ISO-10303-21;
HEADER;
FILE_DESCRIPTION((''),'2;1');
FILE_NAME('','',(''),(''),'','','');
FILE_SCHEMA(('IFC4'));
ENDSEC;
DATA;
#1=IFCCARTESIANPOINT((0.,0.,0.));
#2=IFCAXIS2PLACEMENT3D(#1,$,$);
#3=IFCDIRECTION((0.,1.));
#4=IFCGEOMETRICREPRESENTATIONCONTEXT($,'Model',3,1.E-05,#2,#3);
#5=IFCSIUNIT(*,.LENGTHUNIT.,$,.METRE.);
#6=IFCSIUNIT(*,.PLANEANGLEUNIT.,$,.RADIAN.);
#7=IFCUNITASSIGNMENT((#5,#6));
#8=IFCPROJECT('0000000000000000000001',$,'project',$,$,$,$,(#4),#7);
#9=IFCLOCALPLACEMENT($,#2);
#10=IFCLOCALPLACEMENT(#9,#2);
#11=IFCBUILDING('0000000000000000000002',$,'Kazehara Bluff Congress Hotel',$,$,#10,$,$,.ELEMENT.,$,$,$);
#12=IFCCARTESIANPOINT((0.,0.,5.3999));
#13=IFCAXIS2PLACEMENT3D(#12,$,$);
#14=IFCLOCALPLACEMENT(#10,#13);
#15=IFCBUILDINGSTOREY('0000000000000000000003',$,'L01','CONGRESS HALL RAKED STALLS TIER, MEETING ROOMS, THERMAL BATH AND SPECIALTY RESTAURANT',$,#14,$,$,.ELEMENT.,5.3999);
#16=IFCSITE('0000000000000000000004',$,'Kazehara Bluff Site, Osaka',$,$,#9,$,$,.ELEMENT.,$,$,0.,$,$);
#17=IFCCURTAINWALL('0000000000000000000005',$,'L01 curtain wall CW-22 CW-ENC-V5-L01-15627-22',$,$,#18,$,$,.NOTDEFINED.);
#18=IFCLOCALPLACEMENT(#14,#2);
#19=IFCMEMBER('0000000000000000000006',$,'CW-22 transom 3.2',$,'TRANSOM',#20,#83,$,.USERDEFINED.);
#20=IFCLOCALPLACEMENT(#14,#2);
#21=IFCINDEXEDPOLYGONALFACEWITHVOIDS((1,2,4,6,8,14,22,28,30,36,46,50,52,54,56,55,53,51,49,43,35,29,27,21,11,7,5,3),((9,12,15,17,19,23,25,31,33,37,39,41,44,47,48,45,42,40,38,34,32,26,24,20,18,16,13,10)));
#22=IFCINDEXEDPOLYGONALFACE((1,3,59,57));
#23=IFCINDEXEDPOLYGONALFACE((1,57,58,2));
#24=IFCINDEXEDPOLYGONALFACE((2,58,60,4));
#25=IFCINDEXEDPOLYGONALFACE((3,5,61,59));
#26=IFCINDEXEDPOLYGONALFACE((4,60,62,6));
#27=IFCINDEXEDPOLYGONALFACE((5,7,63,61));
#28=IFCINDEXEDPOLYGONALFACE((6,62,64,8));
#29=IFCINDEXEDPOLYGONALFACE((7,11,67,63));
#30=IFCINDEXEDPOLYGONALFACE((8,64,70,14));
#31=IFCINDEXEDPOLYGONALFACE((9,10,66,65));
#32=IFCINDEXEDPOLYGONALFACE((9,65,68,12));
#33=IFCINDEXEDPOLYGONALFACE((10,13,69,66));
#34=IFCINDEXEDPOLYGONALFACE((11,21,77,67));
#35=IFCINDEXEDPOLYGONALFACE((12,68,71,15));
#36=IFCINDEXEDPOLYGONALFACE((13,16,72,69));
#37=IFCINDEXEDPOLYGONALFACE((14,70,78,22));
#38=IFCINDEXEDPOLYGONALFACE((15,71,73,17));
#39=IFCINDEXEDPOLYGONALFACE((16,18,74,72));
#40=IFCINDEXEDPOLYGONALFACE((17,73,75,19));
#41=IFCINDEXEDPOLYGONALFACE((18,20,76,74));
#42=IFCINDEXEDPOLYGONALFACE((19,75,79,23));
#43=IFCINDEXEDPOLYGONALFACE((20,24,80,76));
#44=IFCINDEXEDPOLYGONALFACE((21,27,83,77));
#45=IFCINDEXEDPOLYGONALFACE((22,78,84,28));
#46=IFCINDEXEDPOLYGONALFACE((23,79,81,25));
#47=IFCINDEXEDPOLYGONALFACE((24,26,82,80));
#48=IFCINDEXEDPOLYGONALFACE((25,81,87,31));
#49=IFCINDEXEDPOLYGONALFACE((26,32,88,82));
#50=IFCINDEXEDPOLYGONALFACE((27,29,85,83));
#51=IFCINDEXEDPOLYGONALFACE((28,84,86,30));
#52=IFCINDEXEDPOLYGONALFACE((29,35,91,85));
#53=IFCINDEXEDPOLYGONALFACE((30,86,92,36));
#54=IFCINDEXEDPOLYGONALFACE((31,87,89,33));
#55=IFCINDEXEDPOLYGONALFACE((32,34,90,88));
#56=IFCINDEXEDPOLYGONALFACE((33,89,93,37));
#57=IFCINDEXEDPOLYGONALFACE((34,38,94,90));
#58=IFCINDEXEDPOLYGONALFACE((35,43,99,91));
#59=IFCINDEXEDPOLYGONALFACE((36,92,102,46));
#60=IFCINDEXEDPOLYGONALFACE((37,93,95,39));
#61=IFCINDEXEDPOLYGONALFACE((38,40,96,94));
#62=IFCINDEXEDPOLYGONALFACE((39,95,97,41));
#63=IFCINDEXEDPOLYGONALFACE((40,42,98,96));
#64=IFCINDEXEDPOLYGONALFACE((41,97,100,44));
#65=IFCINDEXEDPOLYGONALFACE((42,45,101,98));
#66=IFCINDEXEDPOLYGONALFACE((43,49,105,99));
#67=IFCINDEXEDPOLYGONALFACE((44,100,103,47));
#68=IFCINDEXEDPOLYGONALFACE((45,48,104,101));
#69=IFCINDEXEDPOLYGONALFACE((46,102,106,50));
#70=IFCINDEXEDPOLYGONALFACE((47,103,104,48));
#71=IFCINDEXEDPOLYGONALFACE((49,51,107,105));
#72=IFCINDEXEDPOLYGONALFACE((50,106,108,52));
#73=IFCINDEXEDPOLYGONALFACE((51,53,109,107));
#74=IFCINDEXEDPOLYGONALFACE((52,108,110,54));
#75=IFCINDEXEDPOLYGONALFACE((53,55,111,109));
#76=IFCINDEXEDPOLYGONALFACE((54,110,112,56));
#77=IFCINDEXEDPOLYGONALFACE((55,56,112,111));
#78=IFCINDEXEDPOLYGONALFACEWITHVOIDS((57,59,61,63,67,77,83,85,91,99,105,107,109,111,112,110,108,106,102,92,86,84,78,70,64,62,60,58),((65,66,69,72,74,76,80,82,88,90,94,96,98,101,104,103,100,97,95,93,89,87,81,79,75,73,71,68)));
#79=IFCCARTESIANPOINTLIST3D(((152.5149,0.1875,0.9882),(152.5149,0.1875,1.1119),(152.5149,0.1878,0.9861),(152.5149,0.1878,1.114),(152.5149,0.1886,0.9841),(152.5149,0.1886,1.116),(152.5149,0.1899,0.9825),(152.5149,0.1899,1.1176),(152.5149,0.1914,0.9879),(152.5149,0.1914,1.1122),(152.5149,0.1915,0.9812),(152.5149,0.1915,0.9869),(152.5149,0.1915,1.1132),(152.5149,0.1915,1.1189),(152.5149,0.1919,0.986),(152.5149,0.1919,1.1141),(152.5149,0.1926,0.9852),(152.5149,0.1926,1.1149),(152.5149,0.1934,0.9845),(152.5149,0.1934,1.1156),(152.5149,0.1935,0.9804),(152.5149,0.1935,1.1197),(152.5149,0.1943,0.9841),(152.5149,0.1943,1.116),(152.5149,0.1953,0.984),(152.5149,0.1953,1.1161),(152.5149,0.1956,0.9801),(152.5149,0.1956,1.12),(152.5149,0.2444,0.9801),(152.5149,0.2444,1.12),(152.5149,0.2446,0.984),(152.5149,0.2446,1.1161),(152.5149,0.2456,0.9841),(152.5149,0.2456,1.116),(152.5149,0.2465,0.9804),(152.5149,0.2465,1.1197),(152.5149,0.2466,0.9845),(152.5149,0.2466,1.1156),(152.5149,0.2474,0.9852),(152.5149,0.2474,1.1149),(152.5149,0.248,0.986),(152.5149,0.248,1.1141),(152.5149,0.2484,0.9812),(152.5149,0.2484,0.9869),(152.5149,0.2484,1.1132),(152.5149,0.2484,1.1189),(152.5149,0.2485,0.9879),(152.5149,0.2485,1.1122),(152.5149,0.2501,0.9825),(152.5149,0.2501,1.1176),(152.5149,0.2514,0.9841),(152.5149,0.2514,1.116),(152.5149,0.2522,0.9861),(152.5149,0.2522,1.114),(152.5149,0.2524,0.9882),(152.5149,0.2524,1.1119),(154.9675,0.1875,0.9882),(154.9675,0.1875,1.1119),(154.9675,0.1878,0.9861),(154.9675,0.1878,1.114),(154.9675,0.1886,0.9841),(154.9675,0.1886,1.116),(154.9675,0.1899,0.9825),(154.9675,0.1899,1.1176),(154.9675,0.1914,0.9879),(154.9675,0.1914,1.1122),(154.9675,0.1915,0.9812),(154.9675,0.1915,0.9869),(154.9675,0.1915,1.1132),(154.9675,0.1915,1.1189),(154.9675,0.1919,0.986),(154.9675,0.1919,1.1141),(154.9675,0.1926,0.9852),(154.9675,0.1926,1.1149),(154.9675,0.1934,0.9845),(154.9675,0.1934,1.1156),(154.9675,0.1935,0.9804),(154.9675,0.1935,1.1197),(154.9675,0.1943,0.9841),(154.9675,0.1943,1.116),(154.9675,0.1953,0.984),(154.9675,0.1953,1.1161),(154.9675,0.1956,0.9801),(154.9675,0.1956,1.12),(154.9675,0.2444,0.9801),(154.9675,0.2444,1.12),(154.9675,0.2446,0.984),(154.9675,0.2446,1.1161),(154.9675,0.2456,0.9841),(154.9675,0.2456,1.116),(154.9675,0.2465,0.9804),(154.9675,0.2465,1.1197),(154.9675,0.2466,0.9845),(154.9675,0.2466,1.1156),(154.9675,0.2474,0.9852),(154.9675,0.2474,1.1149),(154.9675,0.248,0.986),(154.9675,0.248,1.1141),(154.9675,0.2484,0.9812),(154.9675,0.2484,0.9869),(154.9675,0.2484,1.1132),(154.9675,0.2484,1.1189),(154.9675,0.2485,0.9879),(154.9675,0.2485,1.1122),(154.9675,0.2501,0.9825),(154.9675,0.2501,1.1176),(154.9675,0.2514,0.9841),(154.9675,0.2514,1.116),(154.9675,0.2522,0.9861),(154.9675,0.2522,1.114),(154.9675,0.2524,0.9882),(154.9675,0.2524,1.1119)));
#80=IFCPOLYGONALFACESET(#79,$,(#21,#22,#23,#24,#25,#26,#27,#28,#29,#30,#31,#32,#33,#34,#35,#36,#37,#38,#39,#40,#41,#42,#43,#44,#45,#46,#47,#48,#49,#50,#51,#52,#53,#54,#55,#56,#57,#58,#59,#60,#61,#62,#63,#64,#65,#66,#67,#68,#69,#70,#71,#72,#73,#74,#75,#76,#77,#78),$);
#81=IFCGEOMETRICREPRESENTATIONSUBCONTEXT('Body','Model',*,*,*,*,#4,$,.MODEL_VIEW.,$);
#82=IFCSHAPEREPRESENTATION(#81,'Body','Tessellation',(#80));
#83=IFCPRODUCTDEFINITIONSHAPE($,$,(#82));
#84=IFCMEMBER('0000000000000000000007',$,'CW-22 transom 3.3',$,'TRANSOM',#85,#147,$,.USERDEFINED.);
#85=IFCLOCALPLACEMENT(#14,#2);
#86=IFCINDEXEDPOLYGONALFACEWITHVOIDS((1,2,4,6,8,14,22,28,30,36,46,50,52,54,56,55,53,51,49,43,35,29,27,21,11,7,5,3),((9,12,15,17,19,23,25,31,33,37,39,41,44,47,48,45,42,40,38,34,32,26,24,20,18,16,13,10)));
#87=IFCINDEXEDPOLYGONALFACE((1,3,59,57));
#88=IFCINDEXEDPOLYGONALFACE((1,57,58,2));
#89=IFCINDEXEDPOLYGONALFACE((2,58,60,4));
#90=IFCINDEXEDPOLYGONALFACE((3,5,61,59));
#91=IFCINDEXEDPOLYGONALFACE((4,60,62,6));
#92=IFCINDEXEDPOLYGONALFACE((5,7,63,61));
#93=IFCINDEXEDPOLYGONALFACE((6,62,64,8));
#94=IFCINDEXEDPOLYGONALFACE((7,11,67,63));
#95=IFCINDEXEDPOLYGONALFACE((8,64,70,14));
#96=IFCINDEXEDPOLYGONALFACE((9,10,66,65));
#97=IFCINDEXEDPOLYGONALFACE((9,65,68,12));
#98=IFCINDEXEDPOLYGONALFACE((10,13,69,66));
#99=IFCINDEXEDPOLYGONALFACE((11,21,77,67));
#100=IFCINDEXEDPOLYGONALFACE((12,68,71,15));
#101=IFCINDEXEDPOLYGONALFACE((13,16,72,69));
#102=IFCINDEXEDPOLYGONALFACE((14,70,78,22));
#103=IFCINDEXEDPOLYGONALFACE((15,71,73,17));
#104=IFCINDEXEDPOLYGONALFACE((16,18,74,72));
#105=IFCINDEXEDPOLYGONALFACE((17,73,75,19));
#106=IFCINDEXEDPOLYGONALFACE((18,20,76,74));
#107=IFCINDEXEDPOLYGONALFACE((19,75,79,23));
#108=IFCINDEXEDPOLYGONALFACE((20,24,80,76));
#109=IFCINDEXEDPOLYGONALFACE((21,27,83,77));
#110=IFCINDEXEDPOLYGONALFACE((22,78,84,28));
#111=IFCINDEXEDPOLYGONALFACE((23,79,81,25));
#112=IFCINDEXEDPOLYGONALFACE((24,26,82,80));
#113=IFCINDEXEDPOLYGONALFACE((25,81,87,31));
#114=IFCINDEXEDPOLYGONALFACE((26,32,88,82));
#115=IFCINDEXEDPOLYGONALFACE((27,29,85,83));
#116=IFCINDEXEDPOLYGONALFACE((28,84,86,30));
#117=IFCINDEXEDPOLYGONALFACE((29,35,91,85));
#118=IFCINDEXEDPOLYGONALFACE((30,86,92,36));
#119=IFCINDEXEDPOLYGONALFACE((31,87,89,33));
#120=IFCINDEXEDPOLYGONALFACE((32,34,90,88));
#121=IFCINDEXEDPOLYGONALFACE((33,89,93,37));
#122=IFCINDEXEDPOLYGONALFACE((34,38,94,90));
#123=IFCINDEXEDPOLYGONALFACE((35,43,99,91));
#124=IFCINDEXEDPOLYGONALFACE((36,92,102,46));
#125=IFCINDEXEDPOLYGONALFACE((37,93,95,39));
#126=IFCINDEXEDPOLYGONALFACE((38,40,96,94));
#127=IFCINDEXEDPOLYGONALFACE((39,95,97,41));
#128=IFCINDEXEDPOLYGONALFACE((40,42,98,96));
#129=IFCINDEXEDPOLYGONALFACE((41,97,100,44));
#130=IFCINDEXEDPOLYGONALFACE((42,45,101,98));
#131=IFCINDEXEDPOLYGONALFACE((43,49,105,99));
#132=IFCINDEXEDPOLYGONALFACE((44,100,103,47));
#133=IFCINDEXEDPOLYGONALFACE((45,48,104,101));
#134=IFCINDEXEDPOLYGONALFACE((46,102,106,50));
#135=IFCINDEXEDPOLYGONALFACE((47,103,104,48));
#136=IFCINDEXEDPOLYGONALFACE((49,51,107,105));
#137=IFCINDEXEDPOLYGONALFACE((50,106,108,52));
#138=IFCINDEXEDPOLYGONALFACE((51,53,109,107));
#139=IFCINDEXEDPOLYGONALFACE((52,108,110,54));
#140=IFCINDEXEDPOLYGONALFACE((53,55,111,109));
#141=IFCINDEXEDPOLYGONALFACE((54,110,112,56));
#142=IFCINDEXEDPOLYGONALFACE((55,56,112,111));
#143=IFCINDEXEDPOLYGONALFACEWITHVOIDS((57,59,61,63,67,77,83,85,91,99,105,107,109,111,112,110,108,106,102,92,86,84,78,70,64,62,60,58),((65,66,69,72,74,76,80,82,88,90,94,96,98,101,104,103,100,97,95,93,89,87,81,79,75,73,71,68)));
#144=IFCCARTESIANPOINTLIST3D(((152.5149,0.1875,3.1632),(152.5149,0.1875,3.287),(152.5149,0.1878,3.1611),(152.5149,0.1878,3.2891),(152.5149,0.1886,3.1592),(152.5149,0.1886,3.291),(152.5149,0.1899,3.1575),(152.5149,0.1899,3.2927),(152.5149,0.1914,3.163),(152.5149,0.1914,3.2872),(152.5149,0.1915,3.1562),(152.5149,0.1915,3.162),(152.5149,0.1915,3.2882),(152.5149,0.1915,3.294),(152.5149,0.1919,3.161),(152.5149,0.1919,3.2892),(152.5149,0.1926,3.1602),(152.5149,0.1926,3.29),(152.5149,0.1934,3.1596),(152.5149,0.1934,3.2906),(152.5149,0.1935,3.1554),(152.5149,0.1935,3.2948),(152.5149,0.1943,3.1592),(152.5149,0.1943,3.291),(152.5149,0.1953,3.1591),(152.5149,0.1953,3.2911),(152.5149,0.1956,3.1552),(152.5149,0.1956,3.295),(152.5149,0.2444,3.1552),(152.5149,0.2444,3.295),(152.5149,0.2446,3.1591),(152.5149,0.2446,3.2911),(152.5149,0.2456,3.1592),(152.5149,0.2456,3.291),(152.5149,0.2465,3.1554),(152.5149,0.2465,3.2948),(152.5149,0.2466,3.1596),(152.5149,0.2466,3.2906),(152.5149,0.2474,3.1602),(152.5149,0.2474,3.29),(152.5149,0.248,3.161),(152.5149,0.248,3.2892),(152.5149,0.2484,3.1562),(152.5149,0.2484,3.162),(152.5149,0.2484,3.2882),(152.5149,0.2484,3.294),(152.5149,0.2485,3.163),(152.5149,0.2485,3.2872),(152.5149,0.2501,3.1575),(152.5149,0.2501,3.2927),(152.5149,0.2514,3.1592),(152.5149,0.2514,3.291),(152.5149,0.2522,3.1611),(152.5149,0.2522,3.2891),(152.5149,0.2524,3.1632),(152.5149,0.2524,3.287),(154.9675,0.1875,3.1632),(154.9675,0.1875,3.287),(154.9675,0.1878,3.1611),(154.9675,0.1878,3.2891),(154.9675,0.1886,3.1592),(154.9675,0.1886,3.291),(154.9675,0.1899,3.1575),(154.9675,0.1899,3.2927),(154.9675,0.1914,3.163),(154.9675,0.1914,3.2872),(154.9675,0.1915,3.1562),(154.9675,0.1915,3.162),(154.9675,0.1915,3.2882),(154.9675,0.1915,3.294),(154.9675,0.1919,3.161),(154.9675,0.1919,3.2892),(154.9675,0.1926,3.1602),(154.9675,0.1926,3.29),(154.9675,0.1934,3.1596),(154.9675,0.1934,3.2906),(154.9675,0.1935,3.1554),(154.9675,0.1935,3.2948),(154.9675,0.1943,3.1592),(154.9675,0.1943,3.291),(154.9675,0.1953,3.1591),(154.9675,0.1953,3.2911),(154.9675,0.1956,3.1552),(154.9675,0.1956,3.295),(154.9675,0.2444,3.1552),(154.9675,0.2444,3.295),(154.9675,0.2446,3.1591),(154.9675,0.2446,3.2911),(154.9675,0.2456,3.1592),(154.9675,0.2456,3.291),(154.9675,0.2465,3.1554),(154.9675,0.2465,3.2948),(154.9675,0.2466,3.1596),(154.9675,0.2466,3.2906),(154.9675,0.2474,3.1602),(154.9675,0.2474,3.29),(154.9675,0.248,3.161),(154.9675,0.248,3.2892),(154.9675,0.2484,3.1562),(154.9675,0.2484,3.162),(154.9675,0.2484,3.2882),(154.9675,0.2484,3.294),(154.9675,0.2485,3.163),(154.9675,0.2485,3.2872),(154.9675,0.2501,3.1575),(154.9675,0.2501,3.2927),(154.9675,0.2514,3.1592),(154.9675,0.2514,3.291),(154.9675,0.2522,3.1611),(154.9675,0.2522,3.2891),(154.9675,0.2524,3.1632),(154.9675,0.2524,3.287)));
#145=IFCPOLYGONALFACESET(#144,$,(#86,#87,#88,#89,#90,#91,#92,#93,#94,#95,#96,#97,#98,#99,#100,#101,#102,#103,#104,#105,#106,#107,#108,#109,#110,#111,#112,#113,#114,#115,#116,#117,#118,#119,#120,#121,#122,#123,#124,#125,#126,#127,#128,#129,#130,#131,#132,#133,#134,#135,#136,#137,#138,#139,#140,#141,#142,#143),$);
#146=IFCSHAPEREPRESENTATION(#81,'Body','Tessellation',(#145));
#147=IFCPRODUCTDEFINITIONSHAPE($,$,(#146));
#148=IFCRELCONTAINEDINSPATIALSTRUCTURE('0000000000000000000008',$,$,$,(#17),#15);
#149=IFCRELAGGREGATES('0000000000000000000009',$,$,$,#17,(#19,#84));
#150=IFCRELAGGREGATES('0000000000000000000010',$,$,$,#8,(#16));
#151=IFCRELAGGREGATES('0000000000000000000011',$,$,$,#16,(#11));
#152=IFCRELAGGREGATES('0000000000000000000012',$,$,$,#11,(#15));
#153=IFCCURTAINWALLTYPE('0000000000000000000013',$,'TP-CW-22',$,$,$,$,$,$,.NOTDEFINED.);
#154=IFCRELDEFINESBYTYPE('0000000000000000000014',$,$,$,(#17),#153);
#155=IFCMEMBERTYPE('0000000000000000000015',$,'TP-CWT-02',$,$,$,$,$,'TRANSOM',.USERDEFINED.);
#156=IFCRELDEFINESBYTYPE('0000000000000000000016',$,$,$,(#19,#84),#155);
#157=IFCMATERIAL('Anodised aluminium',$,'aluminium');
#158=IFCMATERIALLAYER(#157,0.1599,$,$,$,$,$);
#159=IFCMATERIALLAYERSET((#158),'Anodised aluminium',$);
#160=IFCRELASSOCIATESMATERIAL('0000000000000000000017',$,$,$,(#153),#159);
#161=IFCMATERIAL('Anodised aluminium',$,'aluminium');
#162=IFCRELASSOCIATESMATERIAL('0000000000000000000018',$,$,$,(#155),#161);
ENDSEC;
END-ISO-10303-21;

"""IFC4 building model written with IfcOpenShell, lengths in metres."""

from ifc_helpers import new_model, si_unit, direction, frame, origin, origin_2d, place, context, subcontext, project, spatial, hollow_rectangle, extrude, material, layer, layer_set, material_profile, profile_set, type_object, element, aggregate, save


model = new_model("IFC4")

# Units and contexts
model_context = context("Model", 3, precision=1e-05, world=origin(), true_north=direction((0.0, 1.0)))
body_context = subcontext(model_context, "Body", "Model", "MODEL_VIEW")
ifc_project = project(units=[si_unit("LENGTHUNIT", "METRE"), si_unit("PLANEANGLEUNIT", "RADIAN")], contexts=[model_context])

# Site, building, storey
site_placement = place(None, origin())
site = spatial("IfcSite", under=ifc_project, at=site_placement, Name="Kazehara Bluff Site, Osaka", CompositionType="ELEMENT", RefElevation=0.0)
building_placement = place(site_placement, origin())
building = spatial("IfcBuilding", under=site, at=building_placement, Name="Kazehara Bluff Congress Hotel", CompositionType="ELEMENT")
storey_placement = place(building_placement, frame((0.0, 0.0, 5.3999)))
storey = spatial("IfcBuildingStorey", under=building, at=storey_placement, Name="L01", Description="CONGRESS HALL RAKED STALLS TIER, MEETING ROOMS, THERMAL BATH AND SPECIALTY RESTAURANT", CompositionType="ELEMENT", Elevation=5.3999)

# Curtain wall
ifc_material_1 = material(Name="Anodised aluminium", Category="aluminium")
ifc_layer_1 = layer(ifc_material_1, 0.1599)
ifc_layer_set_1 = layer_set([ifc_layer_1], Name="Anodised aluminium")
curtain_wall_type = type_object("IfcCurtainWallType", Name="TP-CW-22", PredefinedType="NOTDEFINED", material=ifc_layer_set_1)
curtain_wall_1_placement = place(storey_placement, origin())
curtain_wall_1 = element("IfcCurtainWall", 1, at=curtain_wall_1_placement, inside=storey, type_object=curtain_wall_type, Name="L01 curtain wall CW-22 CW-ENC-V5-L01-15627-22", PredefinedType="NOTDEFINED")

# Members
ifc_material_2 = material(Name="Anodised aluminium", Category="aluminium")
ifc_material_profile_1 = material_profile(ifc_material_2, hollow_rectangle(XDim=0.0649, YDim=0.1399, WallThickness=0.0039, InnerFilletRadius=0.0039, OuterFilletRadius=0.0081, at=origin_2d()))
ifc_profile_set_1 = profile_set([ifc_material_profile_1], Name="Anodised aluminium")
member_type_1 = type_object("IfcMemberType", Name="TP-CWT-02", ElementType="TRANSOM", PredefinedType="USERDEFINED", material=ifc_profile_set_1)
member_1_placement = place(storey_placement, frame((154.9675, 0.22, 1.05), z_axis=(-1.0, 0.0, 0.0), x_axis=(0.0, -1.0, 0.0)))
member_1 = element("IfcMember", 2, at=member_1_placement, type_object=member_type_1, Name="CW-22 transom 3.2", ObjectType="TRANSOM", PredefinedType="USERDEFINED", context=body_context, shape_type="SweptSolid", body=[
    extrude(hollow_rectangle(XDim=0.0649, YDim=0.1399, WallThickness=0.0039, InnerFilletRadius=0.0039, OuterFilletRadius=0.0081, at=origin_2d()), origin(), (0.0, 0.0, 1.0), 2.4526),
])
member_2_placement = place(storey_placement, frame((154.9675, 0.22, 3.2251), z_axis=(-1.0, 0.0, 0.0), x_axis=(0.0, -1.0, 0.0)))
member_2 = element("IfcMember", 3, at=member_2_placement, type_object=member_type_1, Name="CW-22 transom 3.3", ObjectType="TRANSOM", PredefinedType="USERDEFINED", context=body_context, shape_type="SweptSolid", body=[
    extrude(hollow_rectangle(XDim=0.0649, YDim=0.1399, WallThickness=0.0039, InnerFilletRadius=0.0039, OuterFilletRadius=0.0081, at=origin_2d()), origin(), (0.0, 0.0, 1.0), 2.4526),
])

aggregate(curtain_wall_1, [member_1, member_2])

save(model, "model.ifc")
